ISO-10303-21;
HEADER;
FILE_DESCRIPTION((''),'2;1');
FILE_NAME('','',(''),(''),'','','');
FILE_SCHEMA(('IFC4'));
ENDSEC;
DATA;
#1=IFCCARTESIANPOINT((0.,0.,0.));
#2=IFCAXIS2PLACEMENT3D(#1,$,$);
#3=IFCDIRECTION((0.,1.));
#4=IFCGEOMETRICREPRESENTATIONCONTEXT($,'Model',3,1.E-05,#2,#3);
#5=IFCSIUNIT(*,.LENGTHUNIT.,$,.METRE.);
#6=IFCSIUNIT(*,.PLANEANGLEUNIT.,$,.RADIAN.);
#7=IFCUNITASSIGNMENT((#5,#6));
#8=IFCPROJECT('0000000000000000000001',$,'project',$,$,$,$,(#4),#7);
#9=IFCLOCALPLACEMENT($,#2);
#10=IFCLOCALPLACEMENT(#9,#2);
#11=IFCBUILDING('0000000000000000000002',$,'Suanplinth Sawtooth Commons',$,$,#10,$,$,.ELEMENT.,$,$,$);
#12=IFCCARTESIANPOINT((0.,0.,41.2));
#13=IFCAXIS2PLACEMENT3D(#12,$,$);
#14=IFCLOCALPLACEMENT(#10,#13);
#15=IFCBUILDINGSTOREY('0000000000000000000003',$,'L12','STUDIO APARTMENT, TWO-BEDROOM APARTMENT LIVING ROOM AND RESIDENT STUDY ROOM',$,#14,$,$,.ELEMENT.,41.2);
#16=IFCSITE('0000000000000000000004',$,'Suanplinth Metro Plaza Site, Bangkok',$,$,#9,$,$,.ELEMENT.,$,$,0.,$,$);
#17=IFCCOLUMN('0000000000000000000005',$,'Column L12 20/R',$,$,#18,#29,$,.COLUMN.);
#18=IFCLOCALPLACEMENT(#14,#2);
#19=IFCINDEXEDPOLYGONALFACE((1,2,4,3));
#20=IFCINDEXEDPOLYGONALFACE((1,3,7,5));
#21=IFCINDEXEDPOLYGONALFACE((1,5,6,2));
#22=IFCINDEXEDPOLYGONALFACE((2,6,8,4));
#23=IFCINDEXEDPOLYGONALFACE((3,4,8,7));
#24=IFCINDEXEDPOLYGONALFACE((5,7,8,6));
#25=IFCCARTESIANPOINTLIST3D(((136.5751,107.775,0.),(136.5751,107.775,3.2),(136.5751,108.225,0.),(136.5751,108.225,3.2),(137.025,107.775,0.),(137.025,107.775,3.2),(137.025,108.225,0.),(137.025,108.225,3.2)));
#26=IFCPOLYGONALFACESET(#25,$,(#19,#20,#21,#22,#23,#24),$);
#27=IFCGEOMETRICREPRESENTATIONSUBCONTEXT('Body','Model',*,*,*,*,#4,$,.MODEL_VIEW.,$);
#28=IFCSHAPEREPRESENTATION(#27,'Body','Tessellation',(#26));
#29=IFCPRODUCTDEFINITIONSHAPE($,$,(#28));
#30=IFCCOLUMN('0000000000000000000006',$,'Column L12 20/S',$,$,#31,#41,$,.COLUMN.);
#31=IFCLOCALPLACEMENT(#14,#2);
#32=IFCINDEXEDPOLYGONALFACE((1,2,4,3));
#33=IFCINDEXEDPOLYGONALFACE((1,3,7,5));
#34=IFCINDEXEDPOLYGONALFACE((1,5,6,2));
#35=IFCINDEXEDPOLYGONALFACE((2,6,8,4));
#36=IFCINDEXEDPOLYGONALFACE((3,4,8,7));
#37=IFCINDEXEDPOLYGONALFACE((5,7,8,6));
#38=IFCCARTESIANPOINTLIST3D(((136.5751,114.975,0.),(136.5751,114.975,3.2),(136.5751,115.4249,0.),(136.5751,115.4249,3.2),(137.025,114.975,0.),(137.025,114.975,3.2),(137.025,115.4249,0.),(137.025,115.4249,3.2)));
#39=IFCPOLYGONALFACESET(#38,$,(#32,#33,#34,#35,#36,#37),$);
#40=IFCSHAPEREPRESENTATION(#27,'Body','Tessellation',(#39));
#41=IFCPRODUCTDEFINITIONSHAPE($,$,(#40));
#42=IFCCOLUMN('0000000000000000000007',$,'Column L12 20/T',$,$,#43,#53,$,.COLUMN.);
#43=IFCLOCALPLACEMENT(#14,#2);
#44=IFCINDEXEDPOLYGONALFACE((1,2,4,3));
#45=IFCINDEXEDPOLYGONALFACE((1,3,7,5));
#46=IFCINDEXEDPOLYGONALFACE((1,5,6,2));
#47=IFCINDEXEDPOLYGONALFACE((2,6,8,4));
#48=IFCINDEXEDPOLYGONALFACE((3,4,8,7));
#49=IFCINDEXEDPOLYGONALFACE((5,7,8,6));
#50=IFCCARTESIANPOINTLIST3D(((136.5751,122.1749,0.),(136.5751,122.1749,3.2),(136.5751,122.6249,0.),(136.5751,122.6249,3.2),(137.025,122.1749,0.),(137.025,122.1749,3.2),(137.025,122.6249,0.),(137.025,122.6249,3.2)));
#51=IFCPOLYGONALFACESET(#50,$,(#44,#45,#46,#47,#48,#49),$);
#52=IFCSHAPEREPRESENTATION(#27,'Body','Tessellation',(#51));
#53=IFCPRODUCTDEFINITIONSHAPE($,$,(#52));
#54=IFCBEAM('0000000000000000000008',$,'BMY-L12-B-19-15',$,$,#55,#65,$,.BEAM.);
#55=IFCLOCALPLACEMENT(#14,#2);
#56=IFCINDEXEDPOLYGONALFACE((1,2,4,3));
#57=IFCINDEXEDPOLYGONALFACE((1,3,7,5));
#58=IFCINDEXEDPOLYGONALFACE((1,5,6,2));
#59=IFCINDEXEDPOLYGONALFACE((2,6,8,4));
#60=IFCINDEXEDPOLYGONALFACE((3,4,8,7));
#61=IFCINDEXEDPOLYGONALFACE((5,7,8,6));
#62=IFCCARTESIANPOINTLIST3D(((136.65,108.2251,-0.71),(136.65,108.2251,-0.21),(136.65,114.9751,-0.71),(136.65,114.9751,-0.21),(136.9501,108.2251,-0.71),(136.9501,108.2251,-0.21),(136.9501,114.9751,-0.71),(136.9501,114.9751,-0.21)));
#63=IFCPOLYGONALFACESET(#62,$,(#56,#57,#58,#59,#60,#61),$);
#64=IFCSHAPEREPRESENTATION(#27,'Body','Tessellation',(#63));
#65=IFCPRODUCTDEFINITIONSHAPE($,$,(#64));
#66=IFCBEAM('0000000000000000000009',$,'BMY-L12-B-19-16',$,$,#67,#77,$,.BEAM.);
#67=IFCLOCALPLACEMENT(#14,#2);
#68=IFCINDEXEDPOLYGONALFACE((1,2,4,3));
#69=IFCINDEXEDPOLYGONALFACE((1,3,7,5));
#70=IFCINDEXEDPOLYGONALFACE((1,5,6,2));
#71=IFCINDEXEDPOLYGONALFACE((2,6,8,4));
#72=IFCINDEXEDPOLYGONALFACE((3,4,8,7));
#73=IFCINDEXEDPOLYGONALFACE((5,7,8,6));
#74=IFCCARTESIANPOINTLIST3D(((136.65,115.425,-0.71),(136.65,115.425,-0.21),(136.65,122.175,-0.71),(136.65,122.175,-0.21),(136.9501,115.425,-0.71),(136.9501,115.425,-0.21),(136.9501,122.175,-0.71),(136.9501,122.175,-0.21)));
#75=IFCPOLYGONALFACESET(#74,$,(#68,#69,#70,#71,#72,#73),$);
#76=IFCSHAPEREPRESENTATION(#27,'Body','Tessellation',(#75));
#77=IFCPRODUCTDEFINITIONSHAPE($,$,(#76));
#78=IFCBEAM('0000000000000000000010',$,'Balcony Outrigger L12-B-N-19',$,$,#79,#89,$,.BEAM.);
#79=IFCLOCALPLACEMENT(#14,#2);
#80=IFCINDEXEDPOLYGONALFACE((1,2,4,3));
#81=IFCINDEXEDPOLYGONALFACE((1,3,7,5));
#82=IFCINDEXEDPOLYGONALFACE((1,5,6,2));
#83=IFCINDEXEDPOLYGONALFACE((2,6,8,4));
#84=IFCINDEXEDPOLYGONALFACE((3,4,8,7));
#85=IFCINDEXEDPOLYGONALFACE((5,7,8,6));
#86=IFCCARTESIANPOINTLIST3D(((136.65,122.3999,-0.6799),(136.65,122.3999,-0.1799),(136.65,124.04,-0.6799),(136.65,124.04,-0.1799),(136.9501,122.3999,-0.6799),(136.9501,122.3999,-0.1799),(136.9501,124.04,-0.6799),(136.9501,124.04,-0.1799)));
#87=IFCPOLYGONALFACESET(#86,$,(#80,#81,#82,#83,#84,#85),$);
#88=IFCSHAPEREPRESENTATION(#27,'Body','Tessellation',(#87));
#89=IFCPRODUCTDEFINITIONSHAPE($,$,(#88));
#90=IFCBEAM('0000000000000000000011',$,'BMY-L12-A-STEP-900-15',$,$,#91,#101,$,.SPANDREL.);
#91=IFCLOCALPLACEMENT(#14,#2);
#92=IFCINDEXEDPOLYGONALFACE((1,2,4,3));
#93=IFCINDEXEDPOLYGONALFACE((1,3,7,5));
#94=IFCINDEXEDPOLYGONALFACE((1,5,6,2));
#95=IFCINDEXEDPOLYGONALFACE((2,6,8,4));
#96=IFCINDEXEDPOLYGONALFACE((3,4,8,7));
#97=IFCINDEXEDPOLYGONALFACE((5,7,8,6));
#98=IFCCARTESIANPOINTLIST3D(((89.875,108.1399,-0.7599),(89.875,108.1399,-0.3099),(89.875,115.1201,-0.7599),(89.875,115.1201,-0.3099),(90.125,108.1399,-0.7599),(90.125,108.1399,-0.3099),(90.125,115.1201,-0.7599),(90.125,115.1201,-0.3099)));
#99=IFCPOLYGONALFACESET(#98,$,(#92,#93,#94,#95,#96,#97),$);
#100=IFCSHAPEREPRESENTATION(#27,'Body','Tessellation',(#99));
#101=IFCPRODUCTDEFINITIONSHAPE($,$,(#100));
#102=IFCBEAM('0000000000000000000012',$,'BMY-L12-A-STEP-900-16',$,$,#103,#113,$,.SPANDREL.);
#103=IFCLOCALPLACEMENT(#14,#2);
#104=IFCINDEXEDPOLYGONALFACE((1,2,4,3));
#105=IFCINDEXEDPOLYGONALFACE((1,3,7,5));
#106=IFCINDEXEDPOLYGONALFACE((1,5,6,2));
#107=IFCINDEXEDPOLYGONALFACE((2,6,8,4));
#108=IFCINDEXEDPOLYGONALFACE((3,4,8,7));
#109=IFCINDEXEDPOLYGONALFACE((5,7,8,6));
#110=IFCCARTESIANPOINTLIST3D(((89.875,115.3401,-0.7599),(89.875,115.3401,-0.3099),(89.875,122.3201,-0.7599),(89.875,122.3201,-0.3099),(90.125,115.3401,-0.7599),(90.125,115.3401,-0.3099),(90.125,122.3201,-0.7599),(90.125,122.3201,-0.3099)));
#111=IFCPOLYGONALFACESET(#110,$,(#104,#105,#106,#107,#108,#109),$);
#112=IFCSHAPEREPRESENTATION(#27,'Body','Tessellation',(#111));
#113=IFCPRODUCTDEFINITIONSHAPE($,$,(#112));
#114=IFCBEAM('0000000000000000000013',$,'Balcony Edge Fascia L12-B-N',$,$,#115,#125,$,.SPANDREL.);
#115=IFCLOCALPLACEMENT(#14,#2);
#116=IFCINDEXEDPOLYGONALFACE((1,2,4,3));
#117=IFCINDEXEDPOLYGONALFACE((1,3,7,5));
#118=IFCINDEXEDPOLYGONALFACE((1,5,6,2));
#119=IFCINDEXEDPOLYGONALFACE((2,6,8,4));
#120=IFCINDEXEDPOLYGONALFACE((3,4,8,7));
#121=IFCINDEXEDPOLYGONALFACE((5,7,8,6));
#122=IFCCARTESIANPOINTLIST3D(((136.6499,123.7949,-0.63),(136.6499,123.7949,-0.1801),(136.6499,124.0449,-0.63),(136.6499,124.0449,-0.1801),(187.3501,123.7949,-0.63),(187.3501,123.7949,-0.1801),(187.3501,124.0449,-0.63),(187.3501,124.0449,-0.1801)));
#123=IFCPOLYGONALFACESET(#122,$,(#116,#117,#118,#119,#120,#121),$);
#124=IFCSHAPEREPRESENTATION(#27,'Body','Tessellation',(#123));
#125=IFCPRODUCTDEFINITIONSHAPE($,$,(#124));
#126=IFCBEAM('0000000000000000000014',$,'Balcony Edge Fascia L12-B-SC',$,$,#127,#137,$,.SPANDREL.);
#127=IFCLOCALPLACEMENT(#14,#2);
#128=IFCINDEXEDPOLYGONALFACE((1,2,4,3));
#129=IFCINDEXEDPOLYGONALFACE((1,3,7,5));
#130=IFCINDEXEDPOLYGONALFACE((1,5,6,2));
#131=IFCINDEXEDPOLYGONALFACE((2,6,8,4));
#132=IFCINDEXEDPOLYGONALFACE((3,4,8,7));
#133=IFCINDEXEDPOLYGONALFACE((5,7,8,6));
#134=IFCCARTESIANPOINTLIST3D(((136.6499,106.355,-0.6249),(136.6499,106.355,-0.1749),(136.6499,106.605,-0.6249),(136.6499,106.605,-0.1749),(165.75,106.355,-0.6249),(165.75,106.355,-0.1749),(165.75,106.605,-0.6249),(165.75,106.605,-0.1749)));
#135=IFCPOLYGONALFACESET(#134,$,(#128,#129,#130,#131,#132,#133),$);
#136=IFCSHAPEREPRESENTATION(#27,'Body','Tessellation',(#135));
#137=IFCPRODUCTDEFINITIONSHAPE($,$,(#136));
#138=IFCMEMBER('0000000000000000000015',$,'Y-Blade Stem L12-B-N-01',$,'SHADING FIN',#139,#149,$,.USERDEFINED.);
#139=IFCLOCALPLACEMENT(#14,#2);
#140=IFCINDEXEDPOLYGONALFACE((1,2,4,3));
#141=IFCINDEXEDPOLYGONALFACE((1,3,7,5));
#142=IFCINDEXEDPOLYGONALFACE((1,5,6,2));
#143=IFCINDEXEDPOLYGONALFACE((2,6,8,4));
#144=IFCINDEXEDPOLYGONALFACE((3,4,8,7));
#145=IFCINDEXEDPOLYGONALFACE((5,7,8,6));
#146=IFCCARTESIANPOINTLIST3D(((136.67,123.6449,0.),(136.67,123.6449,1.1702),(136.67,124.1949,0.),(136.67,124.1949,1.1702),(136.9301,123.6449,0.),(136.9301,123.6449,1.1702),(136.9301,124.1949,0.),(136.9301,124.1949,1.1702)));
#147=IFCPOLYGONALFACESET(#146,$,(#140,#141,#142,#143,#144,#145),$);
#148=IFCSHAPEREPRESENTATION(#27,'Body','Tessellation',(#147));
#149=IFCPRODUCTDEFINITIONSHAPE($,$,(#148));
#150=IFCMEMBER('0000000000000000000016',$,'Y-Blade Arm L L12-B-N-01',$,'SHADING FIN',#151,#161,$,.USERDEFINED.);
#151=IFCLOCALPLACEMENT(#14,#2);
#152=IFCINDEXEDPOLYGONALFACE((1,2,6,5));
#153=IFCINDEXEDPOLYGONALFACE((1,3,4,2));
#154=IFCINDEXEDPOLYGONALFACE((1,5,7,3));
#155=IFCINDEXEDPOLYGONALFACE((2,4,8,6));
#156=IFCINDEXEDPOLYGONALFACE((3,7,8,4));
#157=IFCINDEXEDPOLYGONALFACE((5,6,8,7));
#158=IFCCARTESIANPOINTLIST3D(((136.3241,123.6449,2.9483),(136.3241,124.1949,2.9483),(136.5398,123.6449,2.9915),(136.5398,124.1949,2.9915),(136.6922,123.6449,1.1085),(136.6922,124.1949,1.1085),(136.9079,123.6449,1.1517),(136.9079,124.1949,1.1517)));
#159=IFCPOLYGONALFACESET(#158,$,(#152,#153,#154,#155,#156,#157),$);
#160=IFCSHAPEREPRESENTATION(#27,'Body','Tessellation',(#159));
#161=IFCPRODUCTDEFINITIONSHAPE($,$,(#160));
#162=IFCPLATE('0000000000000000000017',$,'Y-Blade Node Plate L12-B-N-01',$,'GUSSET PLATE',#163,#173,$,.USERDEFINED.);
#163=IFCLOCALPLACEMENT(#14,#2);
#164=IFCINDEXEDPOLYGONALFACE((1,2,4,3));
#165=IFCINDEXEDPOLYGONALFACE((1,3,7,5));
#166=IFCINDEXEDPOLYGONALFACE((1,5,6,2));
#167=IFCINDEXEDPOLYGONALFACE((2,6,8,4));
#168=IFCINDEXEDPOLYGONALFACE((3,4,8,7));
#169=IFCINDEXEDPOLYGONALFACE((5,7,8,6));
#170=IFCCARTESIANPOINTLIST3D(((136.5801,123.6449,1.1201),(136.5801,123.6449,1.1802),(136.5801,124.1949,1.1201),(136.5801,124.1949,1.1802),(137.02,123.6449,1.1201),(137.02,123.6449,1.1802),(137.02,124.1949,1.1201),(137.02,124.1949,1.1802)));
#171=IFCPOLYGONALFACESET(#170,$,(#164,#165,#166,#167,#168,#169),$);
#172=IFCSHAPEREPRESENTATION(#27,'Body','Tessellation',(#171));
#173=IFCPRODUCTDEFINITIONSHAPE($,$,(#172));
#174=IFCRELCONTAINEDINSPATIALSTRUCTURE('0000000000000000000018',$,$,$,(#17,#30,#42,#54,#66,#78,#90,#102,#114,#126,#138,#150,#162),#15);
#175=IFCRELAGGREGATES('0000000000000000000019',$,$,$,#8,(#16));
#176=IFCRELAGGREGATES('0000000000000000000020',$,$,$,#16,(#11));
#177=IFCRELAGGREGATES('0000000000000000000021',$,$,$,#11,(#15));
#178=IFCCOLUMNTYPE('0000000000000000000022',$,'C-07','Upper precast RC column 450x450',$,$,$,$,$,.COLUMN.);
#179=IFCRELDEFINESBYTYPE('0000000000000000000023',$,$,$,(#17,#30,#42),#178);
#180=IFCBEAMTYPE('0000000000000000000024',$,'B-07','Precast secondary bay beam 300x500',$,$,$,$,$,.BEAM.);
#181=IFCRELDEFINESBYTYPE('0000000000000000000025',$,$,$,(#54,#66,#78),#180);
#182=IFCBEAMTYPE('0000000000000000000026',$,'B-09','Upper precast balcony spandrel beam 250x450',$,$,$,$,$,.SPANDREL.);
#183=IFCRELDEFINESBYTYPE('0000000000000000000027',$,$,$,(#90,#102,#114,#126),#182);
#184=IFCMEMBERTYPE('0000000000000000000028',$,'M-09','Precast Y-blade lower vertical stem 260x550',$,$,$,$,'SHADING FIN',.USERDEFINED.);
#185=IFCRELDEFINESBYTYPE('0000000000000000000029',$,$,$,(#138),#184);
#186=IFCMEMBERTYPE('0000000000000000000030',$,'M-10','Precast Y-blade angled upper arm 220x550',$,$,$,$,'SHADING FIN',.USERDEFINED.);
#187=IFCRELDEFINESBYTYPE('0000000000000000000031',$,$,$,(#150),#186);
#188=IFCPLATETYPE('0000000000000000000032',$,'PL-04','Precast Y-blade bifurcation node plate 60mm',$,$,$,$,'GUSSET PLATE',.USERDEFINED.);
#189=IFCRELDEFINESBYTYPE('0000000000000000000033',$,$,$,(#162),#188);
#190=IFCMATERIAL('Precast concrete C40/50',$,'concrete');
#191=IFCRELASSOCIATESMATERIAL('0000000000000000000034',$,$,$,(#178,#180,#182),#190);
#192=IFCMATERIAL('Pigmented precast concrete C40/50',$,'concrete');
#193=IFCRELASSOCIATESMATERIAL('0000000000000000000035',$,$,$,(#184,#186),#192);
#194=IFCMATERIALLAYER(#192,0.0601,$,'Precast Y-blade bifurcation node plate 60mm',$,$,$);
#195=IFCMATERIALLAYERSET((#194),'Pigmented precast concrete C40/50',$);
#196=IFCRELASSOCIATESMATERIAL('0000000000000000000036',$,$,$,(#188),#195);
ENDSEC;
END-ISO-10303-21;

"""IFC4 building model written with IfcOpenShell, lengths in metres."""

from ifc_helpers import new_model, si_unit, direction, frame, origin, origin_2d, place, context, subcontext, project, spatial, rectangle, extrude, material, layer, layer_set, material_profile, profile_set, type_object, element, save


model = new_model("IFC4")

# Units and contexts
model_context = context("Model", 3, precision=1e-05, world=origin(), true_north=direction((0.0, 1.0)))
body_context = subcontext(model_context, "Body", "Model", "MODEL_VIEW")
ifc_project = project(units=[si_unit("LENGTHUNIT", "METRE"), si_unit("PLANEANGLEUNIT", "RADIAN")], contexts=[model_context])

# Site, building, storey
site_placement = place(None, origin())
site = spatial("IfcSite", under=ifc_project, at=site_placement, Name="Suanplinth Metro Plaza Site, Bangkok", CompositionType="ELEMENT", RefElevation=0.0)
building_placement = place(site_placement, origin())
building = spatial("IfcBuilding", under=site, at=building_placement, Name="Suanplinth Sawtooth Commons", CompositionType="ELEMENT")
storey_placement = place(building_placement, frame((0.0, 0.0, 41.2)))
storey = spatial("IfcBuildingStorey", under=building, at=storey_placement, Name="L12", Description="STUDIO APARTMENT, TWO-BEDROOM APARTMENT LIVING ROOM AND RESIDENT STUDY ROOM", CompositionType="ELEMENT", Elevation=41.2)

# Columns
ifc_material_1 = material(Name="Precast concrete C40/50", Category="concrete")
ifc_material_profile_1 = material_profile(ifc_material_1, rectangle(XDim=0.45, YDim=0.45, at=origin_2d()), Name="PC-COL 450x450")
ifc_profile_set_1 = profile_set([ifc_material_profile_1], Name="Precast concrete C40/50")
column_type = type_object("IfcColumnType", Name="C-07", Description="Upper precast RC column 450x450", PredefinedType="COLUMN", material=ifc_profile_set_1)
for number, where, z_axis, x_axis, name in (
    (1, (136.8, 108.0, 0.0), (0.0, 0.0, 1.0), (1.0, 0.0, 0.0), "Column L12 20/R"),
    (2, (136.8, 115.2, 0.0), (0.0, 0.0, 1.0), (1.0, 0.0, 0.0), "Column L12 20/S"),
    (3, (136.8, 122.3999, 0.0), (0.0, 0.0, 1.0), (1.0, 0.0, 0.0), "Column L12 20/T"),
):
    element("IfcColumn", number, at=place(storey_placement, frame(where, z_axis=z_axis, x_axis=x_axis)), inside=storey, type_object=column_type, Name=name, PredefinedType="COLUMN", context=body_context, shape_type="SweptSolid", body=[
        extrude(rectangle(XDim=0.45, YDim=0.45, at=origin_2d()), origin(), (0.0, 0.0, 1.0), 3.2),
    ])

# Beams
ifc_material_profile_2 = material_profile(ifc_material_1, rectangle(XDim=0.3, YDim=0.5, at=origin_2d()), Name="PC-BM 300x500")
ifc_profile_set_2 = profile_set([ifc_material_profile_2], Name="Precast concrete C40/50")
beam_type_1 = type_object("IfcBeamType", Name="B-07", Description="Precast secondary bay beam 300x500", PredefinedType="BEAM", material=ifc_profile_set_2)
for number, where, z_axis, x_axis, name in (
    (4, (136.8, 108.2251, -0.46), (0.0, 1.0, 0.0), (-1.0, 0.0, 0.0), "BMY-L12-B-19-15"),
    (5, (136.8, 115.425, -0.46), (0.0, 1.0, 0.0), (-1.0, 0.0, 0.0), "BMY-L12-B-19-16"),
):
    element("IfcBeam", number, at=place(storey_placement, frame(where, z_axis=z_axis, x_axis=x_axis)), inside=storey, type_object=beam_type_1, Name=name, PredefinedType="BEAM", context=body_context, shape_type="SweptSolid", body=[
        extrude(rectangle(XDim=0.3, YDim=0.5, at=origin_2d()), origin(), (0.0, 0.0, 1.0), 6.75),
    ])
beam_1_placement = place(storey_placement, frame((136.8, 122.3999, -0.4299), z_axis=(0.0, 1.0, 0.0), x_axis=(-1.0, 0.0, 0.0)))
element("IfcBeam", 6, at=beam_1_placement, inside=storey, type_object=beam_type_1, Name="Balcony Outrigger L12-B-N-19", PredefinedType="BEAM", context=body_context, shape_type="SweptSolid", body=[
    extrude(rectangle(XDim=0.3, YDim=0.5, at=origin_2d()), origin(), (0.0, 0.0, 1.0), 1.6401),
])
ifc_material_profile_3 = material_profile(ifc_material_1, rectangle(XDim=0.25, YDim=0.45, at=origin_2d()), Name="PC-SP 250x450")
ifc_profile_set_3 = profile_set([ifc_material_profile_3], Name="Precast concrete C40/50")
beam_type_2 = type_object("IfcBeamType", Name="B-09", Description="Upper precast balcony spandrel beam 250x450", PredefinedType="SPANDREL", material=ifc_profile_set_3)
beam_2_placement = place(storey_placement, frame((90.0, 108.1399, -0.5349), z_axis=(0.0, 1.0, 0.0), x_axis=(-1.0, 0.0, 0.0)))
element("IfcBeam", 7, at=beam_2_placement, inside=storey, type_object=beam_type_2, Name="BMY-L12-A-STEP-900-15", PredefinedType="SPANDREL", context=body_context, shape_type="SweptSolid", body=[
    extrude(rectangle(XDim=0.25, YDim=0.45, at=origin_2d()), origin(), (0.0, 0.0, 1.0), 6.9802),
])
beam_3_placement = place(storey_placement, frame((90.0, 115.3401, -0.5349), z_axis=(0.0, 1.0, 0.0), x_axis=(-1.0, 0.0, 0.0)))
element("IfcBeam", 8, at=beam_3_placement, inside=storey, type_object=beam_type_2, Name="BMY-L12-A-STEP-900-16", PredefinedType="SPANDREL", context=body_context, shape_type="SweptSolid", body=[
    extrude(rectangle(XDim=0.25, YDim=0.45, at=origin_2d()), origin(), (0.0, 0.0, 1.0), 6.98),
])
beam_4_placement = place(storey_placement, frame((136.6499, 123.9199, -0.405), z_axis=(1.0, 0.0, 0.0), x_axis=(0.0, 1.0, 0.0)))
element("IfcBeam", 9, at=beam_4_placement, inside=storey, type_object=beam_type_2, Name="Balcony Edge Fascia L12-B-N", PredefinedType="SPANDREL", context=body_context, shape_type="SweptSolid", body=[
    extrude(rectangle(XDim=0.25, YDim=0.45, at=origin_2d()), origin(), (0.0, 0.0, 1.0), 50.7002),
])
beam_5_placement = place(storey_placement, frame((136.6499, 106.48, -0.3999), z_axis=(1.0, 0.0, 0.0), x_axis=(0.0, 1.0, 0.0)))
element("IfcBeam", 10, at=beam_5_placement, inside=storey, type_object=beam_type_2, Name="Balcony Edge Fascia L12-B-SC", PredefinedType="SPANDREL", context=body_context, shape_type="SweptSolid", body=[
    extrude(rectangle(XDim=0.25, YDim=0.45, at=origin_2d()), origin(), (0.0, 0.0, 1.0), 29.1001),
])

# Members
ifc_material_2 = material(Name="Pigmented precast concrete C40/50", Category="concrete")
ifc_material_profile_4 = material_profile(ifc_material_2, rectangle(XDim=0.26, YDim=0.55, at=origin_2d()), Name="PC-FIN 260x550")
ifc_profile_set_4 = profile_set([ifc_material_profile_4], Name="Pigmented precast concrete C40/50")
member_type_1 = type_object("IfcMemberType", Name="M-09", Description="Precast Y-blade lower vertical stem 260x550", ElementType="SHADING FIN", PredefinedType="USERDEFINED", material=ifc_profile_set_4)
member_1_placement = place(storey_placement, frame((136.8, 123.9199, 0.0), z_axis=(0.0, 0.0, 1.0), x_axis=(1.0, 0.0, 0.0)))
element("IfcMember", 11, at=member_1_placement, inside=storey, type_object=member_type_1, Name="Y-Blade Stem L12-B-N-01", ObjectType="SHADING FIN", PredefinedType="USERDEFINED", context=body_context, shape_type="SweptSolid", body=[
    extrude(rectangle(XDim=0.26, YDim=0.55, at=origin_2d()), origin(), (0.0, 0.0, 1.0), 1.1702),
])
ifc_material_profile_5 = material_profile(ifc_material_2, rectangle(XDim=0.22, YDim=0.55, at=origin_2d()), Name="PC-FIN 220x550")
ifc_profile_set_5 = profile_set([ifc_material_profile_5], Name="Pigmented precast concrete C40/50")
member_type_2 = type_object("IfcMemberType", Name="M-10", Description="Precast Y-blade angled upper arm 220x550", ElementType="SHADING FIN", PredefinedType="USERDEFINED", material=ifc_profile_set_5)
member_2_placement = place(storey_placement, frame((136.8, 123.9199, 1.1301), z_axis=(-0.196216, 0.0, 0.980561), x_axis=(0.980561, 0.0, 0.196216)))
element("IfcMember", 12, at=member_2_placement, inside=storey, type_object=member_type_2, Name="Y-Blade Arm L L12-B-N-01", ObjectType="SHADING FIN", PredefinedType="USERDEFINED", context=body_context, shape_type="SweptSolid", body=[
    extrude(rectangle(XDim=0.22, YDim=0.55, at=origin_2d()), origin(), (0.0, 0.0, 1.0), 1.8762),
])

# Plate
ifc_layer_1 = layer(ifc_material_2, 0.0601, Name="Precast Y-blade bifurcation node plate 60mm")
ifc_layer_set_1 = layer_set([ifc_layer_1], Name="Pigmented precast concrete C40/50")
plate_type = type_object("IfcPlateType", Name="PL-04", Description="Precast Y-blade bifurcation node plate 60mm", ElementType="GUSSET PLATE", PredefinedType="USERDEFINED", material=ifc_layer_set_1)
plate_placement = place(storey_placement, frame((136.8, 123.9199, 1.1201), z_axis=(0.0, 0.0, 1.0), x_axis=(1.0, 0.0, 0.0)))
element("IfcPlate", 13, at=plate_placement, inside=storey, type_object=plate_type, Name="Y-Blade Node Plate L12-B-N-01", ObjectType="GUSSET PLATE", PredefinedType="USERDEFINED", context=body_context, shape_type="SweptSolid", body=[
    extrude(rectangle(XDim=0.4399, YDim=0.55, at=origin_2d()), origin(), (0.0, 0.0, 1.0), 0.0601),
])

save(model, "model.ifc")
